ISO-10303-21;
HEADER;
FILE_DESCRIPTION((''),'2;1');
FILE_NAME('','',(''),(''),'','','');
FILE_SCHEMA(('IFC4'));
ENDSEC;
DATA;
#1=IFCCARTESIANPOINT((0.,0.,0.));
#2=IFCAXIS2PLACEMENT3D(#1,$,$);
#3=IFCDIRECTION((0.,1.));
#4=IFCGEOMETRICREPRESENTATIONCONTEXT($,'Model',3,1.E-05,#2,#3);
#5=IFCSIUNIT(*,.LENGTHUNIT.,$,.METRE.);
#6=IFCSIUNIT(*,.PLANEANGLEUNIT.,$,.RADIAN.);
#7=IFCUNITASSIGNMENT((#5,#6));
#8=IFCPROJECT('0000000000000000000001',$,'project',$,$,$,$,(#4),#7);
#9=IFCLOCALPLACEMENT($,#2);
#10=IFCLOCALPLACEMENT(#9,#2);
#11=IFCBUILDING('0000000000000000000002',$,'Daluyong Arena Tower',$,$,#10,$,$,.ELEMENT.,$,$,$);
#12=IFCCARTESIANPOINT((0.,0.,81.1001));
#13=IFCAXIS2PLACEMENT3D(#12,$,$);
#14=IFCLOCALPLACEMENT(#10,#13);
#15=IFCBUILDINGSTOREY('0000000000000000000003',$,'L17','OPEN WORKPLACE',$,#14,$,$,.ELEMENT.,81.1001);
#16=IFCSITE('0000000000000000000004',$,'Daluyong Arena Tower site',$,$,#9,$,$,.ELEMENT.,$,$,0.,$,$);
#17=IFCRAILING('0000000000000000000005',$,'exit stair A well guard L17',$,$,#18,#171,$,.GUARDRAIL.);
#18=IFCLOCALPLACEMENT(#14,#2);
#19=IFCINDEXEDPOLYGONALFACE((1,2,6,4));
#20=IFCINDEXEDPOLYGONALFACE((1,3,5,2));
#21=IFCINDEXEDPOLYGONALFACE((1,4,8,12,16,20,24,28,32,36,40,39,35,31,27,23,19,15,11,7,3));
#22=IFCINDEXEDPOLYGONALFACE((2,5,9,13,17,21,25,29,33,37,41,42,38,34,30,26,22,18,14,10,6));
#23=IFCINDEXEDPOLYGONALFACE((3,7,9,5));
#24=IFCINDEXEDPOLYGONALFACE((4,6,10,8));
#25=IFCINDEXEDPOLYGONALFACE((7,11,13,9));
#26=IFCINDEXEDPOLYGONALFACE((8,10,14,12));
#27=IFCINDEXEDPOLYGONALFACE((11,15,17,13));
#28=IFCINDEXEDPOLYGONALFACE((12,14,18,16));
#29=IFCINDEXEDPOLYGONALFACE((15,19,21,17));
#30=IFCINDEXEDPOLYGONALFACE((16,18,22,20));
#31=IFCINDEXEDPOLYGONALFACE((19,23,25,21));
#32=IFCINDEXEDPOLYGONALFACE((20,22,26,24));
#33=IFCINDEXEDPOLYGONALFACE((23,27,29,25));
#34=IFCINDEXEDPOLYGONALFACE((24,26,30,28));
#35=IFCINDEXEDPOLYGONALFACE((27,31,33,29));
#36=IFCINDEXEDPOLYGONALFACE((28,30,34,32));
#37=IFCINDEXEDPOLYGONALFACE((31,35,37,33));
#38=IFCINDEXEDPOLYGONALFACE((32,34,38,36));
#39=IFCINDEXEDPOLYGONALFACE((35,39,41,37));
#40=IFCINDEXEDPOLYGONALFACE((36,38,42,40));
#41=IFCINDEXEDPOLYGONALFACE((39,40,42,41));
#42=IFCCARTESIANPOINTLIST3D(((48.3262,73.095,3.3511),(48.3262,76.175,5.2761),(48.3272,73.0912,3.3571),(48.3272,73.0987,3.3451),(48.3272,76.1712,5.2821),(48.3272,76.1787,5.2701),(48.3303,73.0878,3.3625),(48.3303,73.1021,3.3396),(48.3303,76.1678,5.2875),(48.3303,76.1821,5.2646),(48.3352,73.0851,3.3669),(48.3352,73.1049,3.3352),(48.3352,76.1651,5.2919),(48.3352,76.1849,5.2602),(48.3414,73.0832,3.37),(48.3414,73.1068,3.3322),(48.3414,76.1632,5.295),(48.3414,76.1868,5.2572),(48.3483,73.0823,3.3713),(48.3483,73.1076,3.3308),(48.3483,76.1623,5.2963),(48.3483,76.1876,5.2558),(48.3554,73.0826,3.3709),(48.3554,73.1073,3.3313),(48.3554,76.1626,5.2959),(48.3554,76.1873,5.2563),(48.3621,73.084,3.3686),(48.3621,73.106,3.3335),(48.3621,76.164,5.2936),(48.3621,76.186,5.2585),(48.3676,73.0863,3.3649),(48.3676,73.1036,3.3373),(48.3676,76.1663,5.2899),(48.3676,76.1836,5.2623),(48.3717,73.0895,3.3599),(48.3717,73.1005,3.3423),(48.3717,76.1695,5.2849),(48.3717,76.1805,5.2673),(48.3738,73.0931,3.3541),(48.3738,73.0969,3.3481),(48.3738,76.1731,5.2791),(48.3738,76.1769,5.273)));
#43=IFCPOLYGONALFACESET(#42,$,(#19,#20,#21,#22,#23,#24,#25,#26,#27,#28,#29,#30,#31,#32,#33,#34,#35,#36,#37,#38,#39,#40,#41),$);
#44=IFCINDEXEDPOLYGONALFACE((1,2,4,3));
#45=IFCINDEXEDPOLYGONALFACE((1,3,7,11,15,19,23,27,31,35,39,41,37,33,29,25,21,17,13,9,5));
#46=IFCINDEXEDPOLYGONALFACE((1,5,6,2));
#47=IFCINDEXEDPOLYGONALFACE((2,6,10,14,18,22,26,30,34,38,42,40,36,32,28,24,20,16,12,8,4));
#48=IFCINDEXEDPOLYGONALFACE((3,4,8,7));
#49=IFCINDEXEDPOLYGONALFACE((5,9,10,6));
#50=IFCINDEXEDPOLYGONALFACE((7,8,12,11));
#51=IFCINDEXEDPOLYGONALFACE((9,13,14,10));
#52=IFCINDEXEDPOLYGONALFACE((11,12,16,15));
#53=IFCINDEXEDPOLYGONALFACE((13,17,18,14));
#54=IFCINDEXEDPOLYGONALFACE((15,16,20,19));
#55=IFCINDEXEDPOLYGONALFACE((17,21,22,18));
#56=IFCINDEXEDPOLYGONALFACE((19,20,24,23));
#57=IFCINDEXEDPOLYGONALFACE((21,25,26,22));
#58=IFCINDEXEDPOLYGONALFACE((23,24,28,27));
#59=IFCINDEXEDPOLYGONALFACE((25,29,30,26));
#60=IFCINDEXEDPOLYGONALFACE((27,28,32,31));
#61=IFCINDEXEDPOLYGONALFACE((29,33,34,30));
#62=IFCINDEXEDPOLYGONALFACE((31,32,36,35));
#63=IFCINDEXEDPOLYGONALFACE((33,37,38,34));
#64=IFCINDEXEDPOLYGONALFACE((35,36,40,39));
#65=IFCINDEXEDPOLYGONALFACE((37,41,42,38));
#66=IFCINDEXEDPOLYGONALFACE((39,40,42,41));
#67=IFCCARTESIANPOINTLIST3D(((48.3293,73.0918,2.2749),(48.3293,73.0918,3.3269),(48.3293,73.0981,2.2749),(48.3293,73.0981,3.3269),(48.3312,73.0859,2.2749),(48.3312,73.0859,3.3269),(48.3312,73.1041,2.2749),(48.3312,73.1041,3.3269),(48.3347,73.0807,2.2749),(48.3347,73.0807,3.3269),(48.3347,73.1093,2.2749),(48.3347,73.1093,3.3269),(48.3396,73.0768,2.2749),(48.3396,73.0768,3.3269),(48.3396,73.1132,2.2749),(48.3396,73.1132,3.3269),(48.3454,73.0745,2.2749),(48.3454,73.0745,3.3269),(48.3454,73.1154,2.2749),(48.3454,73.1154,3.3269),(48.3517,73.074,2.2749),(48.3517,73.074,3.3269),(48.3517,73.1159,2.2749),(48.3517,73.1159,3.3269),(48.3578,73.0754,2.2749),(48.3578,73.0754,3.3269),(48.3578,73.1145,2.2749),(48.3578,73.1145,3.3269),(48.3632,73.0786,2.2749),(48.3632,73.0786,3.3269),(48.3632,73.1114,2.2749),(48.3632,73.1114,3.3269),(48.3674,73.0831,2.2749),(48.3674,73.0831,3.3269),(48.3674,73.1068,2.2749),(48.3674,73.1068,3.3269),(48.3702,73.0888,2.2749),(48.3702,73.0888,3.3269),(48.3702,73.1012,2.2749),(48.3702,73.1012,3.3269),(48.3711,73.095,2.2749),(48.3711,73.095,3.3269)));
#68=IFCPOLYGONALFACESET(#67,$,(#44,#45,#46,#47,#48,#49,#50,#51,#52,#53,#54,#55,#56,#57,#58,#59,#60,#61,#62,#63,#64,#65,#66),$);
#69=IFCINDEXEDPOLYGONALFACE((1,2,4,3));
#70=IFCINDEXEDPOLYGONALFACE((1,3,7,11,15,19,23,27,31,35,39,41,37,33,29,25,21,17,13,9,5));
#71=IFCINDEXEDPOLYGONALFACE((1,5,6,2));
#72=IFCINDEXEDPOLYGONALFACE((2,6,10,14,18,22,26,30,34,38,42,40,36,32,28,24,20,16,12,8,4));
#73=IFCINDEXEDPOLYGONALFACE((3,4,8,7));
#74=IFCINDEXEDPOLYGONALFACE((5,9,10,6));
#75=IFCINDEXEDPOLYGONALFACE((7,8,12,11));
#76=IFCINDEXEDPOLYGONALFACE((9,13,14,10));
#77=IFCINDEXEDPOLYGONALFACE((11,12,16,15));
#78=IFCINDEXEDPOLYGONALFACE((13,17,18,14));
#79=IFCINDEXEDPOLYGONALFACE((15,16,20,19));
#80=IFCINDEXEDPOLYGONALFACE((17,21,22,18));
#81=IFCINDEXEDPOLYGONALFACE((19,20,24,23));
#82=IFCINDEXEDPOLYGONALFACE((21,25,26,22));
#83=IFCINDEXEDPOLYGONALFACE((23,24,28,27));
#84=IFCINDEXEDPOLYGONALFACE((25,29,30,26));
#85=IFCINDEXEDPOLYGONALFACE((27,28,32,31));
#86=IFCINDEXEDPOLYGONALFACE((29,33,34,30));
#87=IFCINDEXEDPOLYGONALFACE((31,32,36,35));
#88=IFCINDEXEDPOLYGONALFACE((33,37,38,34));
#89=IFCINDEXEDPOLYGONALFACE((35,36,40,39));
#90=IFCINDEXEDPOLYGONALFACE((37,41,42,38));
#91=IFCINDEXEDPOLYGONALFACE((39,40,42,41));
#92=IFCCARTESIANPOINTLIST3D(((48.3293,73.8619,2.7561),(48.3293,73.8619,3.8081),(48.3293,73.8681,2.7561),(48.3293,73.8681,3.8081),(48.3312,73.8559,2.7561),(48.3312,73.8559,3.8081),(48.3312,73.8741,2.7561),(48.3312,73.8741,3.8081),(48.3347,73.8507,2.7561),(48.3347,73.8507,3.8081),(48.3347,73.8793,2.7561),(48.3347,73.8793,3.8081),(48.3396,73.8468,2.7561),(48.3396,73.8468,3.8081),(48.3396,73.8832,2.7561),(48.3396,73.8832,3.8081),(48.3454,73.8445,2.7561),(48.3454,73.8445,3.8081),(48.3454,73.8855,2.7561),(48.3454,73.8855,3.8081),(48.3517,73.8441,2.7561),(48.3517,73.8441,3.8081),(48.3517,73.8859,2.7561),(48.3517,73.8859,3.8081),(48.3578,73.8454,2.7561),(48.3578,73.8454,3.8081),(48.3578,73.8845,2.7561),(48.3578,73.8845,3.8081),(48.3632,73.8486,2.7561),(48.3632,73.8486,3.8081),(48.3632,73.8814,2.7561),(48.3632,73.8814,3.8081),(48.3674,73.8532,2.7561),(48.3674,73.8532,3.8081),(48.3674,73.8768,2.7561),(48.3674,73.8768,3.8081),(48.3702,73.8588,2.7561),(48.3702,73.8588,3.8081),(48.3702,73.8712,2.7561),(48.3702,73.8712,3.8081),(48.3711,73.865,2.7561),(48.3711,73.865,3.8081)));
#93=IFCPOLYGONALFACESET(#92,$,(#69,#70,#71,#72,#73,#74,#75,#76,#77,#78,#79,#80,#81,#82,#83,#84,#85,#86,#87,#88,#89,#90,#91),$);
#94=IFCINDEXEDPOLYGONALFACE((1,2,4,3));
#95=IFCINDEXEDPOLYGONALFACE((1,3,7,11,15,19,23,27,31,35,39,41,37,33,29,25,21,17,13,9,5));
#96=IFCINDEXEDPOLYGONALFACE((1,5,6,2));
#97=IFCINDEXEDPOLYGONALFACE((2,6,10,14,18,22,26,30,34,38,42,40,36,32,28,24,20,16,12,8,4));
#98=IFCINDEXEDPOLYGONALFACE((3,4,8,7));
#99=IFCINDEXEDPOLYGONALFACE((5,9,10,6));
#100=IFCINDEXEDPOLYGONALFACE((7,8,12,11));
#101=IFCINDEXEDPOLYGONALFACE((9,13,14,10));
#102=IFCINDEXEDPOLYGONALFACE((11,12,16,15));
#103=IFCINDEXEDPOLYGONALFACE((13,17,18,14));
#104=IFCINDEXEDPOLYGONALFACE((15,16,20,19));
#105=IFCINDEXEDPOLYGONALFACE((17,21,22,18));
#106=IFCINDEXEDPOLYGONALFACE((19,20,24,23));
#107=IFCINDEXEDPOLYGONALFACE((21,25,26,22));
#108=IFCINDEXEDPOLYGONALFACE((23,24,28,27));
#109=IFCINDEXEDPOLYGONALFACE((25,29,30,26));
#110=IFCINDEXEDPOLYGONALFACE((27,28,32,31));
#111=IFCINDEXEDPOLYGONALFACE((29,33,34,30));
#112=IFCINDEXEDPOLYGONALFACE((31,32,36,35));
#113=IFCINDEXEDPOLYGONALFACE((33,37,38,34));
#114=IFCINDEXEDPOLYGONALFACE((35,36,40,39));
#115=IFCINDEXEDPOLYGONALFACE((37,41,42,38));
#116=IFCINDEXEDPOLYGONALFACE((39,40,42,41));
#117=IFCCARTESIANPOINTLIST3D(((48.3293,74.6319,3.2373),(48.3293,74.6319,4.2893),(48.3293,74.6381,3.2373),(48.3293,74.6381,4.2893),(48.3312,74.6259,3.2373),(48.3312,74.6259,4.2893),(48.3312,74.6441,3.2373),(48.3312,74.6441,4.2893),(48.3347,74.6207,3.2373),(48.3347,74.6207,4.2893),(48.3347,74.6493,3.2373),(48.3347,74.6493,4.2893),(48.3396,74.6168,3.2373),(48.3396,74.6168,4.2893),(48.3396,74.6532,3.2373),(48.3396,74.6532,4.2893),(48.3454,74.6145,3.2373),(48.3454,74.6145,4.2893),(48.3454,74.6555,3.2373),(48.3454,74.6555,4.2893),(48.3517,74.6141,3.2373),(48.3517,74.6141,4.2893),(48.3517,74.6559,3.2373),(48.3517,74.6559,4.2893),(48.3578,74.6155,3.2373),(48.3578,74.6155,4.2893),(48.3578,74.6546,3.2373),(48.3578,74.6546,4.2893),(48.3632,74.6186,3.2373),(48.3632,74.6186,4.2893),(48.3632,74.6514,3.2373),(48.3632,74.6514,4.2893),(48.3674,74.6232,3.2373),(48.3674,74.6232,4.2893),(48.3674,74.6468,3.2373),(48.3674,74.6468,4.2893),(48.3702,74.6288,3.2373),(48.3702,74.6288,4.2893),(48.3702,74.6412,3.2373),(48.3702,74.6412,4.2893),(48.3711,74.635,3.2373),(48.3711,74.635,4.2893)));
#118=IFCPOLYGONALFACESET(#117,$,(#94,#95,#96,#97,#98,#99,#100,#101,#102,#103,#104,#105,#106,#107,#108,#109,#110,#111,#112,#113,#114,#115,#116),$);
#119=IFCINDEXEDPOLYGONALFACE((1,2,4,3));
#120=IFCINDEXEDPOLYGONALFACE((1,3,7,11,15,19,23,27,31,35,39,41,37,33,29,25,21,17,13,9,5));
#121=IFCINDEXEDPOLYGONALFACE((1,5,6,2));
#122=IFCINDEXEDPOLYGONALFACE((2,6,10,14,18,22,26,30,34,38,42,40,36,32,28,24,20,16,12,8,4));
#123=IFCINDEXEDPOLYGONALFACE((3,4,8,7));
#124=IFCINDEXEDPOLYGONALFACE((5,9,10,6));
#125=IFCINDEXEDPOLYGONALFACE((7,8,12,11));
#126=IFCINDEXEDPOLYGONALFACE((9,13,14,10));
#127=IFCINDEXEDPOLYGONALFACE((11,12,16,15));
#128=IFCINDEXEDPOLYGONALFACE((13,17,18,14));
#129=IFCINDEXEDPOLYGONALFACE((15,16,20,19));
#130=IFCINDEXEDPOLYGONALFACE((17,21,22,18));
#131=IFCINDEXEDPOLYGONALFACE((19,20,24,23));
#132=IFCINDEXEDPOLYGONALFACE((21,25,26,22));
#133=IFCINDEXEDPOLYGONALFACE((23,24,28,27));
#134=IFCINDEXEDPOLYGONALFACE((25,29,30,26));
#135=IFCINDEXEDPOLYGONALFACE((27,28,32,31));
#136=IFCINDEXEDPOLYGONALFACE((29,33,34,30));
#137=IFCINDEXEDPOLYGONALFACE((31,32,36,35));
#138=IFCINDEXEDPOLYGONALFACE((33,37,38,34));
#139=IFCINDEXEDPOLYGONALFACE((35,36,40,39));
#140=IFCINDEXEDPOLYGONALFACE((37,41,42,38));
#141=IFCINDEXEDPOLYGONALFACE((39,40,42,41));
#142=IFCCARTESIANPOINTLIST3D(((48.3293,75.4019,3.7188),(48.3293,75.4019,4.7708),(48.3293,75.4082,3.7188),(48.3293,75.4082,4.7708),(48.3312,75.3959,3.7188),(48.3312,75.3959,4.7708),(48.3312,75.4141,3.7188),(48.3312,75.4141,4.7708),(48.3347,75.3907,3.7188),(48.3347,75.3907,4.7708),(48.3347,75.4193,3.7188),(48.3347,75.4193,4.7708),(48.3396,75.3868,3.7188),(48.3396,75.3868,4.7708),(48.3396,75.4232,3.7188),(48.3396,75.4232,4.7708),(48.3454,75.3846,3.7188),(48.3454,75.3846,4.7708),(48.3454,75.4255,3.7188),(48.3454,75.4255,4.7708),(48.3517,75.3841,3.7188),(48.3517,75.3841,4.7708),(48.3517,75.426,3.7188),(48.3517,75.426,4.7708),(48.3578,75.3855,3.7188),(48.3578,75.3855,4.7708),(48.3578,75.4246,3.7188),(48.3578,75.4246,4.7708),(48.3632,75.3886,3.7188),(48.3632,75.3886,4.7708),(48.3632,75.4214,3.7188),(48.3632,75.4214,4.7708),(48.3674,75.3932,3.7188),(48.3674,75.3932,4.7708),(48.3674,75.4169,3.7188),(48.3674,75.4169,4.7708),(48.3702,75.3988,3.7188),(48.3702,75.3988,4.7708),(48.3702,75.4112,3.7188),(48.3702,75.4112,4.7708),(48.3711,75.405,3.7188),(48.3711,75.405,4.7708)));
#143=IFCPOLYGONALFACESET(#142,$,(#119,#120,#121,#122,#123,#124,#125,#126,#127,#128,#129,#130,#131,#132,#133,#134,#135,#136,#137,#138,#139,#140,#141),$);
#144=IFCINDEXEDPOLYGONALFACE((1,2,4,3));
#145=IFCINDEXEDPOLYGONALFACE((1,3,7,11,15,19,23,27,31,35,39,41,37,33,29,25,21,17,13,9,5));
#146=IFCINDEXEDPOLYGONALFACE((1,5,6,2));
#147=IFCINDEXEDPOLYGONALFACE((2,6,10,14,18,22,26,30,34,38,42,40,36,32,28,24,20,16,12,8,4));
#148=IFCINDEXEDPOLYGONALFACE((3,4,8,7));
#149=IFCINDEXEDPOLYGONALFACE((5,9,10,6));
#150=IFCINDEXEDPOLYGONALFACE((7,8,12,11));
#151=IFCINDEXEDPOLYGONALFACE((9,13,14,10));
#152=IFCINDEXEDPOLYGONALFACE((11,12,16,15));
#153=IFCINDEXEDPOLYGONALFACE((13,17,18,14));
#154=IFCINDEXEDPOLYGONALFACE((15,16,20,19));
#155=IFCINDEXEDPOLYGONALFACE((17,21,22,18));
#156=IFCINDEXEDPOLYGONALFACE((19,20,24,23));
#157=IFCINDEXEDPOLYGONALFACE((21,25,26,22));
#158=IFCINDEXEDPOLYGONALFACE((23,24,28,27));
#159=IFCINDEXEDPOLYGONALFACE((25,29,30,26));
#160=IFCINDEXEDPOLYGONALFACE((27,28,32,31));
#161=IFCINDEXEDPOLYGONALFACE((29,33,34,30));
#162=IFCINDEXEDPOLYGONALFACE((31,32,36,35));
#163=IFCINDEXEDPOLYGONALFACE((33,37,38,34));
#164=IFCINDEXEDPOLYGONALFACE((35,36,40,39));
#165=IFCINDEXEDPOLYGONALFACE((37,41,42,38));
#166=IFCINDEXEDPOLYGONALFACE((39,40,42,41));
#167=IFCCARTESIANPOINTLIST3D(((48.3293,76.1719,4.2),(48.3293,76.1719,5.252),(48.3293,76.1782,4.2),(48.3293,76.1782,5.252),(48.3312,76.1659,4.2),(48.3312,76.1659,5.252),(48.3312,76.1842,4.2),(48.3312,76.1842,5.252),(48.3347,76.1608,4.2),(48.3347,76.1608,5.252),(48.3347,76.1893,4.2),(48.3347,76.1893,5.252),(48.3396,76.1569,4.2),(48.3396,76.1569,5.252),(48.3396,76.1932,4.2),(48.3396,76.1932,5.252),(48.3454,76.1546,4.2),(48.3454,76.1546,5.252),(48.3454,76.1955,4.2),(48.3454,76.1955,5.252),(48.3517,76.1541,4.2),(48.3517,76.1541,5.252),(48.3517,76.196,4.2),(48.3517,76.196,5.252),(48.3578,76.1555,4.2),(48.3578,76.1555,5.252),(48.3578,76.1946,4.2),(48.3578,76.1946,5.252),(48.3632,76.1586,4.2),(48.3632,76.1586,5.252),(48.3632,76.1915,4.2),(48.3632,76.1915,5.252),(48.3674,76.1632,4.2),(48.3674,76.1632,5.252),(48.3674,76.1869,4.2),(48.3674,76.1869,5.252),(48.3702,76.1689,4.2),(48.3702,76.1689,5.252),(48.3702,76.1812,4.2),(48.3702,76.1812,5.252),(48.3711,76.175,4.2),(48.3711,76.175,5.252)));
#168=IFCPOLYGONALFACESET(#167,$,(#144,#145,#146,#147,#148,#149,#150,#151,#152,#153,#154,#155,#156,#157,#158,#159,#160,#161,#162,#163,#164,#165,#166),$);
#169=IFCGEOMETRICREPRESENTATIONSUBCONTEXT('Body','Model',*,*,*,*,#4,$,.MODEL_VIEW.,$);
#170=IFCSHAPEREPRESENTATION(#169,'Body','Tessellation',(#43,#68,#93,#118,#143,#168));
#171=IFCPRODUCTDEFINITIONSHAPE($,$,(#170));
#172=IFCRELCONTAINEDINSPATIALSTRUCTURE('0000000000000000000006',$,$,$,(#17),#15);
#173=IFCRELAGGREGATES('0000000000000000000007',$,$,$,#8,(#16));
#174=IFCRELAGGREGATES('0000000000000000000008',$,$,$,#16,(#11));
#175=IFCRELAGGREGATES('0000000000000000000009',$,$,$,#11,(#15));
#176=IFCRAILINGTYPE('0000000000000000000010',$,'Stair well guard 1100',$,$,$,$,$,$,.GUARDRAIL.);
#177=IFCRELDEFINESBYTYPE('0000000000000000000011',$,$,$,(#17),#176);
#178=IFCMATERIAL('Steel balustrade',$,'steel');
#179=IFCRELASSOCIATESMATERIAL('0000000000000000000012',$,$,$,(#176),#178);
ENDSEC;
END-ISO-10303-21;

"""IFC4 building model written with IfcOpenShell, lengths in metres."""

from ifc_helpers import new_model, si_unit, direction, frame, origin, origin_2d, place, context, subcontext, project, spatial, circle, extrude, material, type_object, element, save


model = new_model("IFC4")

# Units and contexts
model_context = context("Model", 3, precision=1e-05, world=origin(), true_north=direction((0.0, 1.0)))
body_context = subcontext(model_context, "Body", "Model", "MODEL_VIEW")
ifc_project = project(units=[si_unit("LENGTHUNIT", "METRE"), si_unit("PLANEANGLEUNIT", "RADIAN")], contexts=[model_context])

# Site, building, storey
site_placement = place(None, origin())
site = spatial("IfcSite", under=ifc_project, at=site_placement, Name="Daluyong Arena Tower site", CompositionType="ELEMENT", RefElevation=0.0)
building_placement = place(site_placement, origin())
building = spatial("IfcBuilding", under=site, at=building_placement, Name="Daluyong Arena Tower", CompositionType="ELEMENT")
storey_placement = place(building_placement, frame((0.0, 0.0, 81.1001)))
storey = spatial("IfcBuildingStorey", under=building, at=storey_placement, Name="L17", Description="OPEN WORKPLACE", CompositionType="ELEMENT", Elevation=81.1001)

# Railing
ifc_material_1 = material(Name="Steel balustrade", Category="steel")
railing_type_1 = type_object("IfcRailingType", Name="Stair well guard 1100", PredefinedType="GUARDRAIL", material=ifc_material_1)
railing_1_placement = place(storey_placement, frame((48.3501, 73.095, 2.2749)))
element("IfcRailing", 1, at=railing_1_placement, inside=storey, type_object=railing_type_1, Name="exit stair A well guard L17", PredefinedType="GUARDRAIL", context=body_context, shape_type="SweptSolid", body=[
    extrude(circle(Radius=0.0239, at=origin_2d()), frame((0.0, 0.0, 1.0762), z_axis=(0.0, 0.847998, 0.529999), x_axis=(-1.0, 0.0, 0.0)), (0.0, 0.0, 1.0), 3.6321),
    extrude(circle(Radius=0.021, at=origin_2d()), origin(), (0.0, 0.0, 1.0), 1.052),
    extrude(circle(Radius=0.021, at=origin_2d()), frame((0.0, 0.77, 0.4812)), (0.0, 0.0, 1.0), 1.052),
    extrude(circle(Radius=0.021, at=origin_2d()), frame((0.0, 1.54, 0.9624)), (0.0, 0.0, 1.0), 1.052),
    extrude(circle(Radius=0.021, at=origin_2d()), frame((0.0, 2.3101, 1.4438)), (0.0, 0.0, 1.0), 1.052),
    extrude(circle(Radius=0.021, at=origin_2d()), frame((0.0, 3.0801, 1.925)), (0.0, 0.0, 1.0), 1.052),
])

save(model, "model.ifc")
